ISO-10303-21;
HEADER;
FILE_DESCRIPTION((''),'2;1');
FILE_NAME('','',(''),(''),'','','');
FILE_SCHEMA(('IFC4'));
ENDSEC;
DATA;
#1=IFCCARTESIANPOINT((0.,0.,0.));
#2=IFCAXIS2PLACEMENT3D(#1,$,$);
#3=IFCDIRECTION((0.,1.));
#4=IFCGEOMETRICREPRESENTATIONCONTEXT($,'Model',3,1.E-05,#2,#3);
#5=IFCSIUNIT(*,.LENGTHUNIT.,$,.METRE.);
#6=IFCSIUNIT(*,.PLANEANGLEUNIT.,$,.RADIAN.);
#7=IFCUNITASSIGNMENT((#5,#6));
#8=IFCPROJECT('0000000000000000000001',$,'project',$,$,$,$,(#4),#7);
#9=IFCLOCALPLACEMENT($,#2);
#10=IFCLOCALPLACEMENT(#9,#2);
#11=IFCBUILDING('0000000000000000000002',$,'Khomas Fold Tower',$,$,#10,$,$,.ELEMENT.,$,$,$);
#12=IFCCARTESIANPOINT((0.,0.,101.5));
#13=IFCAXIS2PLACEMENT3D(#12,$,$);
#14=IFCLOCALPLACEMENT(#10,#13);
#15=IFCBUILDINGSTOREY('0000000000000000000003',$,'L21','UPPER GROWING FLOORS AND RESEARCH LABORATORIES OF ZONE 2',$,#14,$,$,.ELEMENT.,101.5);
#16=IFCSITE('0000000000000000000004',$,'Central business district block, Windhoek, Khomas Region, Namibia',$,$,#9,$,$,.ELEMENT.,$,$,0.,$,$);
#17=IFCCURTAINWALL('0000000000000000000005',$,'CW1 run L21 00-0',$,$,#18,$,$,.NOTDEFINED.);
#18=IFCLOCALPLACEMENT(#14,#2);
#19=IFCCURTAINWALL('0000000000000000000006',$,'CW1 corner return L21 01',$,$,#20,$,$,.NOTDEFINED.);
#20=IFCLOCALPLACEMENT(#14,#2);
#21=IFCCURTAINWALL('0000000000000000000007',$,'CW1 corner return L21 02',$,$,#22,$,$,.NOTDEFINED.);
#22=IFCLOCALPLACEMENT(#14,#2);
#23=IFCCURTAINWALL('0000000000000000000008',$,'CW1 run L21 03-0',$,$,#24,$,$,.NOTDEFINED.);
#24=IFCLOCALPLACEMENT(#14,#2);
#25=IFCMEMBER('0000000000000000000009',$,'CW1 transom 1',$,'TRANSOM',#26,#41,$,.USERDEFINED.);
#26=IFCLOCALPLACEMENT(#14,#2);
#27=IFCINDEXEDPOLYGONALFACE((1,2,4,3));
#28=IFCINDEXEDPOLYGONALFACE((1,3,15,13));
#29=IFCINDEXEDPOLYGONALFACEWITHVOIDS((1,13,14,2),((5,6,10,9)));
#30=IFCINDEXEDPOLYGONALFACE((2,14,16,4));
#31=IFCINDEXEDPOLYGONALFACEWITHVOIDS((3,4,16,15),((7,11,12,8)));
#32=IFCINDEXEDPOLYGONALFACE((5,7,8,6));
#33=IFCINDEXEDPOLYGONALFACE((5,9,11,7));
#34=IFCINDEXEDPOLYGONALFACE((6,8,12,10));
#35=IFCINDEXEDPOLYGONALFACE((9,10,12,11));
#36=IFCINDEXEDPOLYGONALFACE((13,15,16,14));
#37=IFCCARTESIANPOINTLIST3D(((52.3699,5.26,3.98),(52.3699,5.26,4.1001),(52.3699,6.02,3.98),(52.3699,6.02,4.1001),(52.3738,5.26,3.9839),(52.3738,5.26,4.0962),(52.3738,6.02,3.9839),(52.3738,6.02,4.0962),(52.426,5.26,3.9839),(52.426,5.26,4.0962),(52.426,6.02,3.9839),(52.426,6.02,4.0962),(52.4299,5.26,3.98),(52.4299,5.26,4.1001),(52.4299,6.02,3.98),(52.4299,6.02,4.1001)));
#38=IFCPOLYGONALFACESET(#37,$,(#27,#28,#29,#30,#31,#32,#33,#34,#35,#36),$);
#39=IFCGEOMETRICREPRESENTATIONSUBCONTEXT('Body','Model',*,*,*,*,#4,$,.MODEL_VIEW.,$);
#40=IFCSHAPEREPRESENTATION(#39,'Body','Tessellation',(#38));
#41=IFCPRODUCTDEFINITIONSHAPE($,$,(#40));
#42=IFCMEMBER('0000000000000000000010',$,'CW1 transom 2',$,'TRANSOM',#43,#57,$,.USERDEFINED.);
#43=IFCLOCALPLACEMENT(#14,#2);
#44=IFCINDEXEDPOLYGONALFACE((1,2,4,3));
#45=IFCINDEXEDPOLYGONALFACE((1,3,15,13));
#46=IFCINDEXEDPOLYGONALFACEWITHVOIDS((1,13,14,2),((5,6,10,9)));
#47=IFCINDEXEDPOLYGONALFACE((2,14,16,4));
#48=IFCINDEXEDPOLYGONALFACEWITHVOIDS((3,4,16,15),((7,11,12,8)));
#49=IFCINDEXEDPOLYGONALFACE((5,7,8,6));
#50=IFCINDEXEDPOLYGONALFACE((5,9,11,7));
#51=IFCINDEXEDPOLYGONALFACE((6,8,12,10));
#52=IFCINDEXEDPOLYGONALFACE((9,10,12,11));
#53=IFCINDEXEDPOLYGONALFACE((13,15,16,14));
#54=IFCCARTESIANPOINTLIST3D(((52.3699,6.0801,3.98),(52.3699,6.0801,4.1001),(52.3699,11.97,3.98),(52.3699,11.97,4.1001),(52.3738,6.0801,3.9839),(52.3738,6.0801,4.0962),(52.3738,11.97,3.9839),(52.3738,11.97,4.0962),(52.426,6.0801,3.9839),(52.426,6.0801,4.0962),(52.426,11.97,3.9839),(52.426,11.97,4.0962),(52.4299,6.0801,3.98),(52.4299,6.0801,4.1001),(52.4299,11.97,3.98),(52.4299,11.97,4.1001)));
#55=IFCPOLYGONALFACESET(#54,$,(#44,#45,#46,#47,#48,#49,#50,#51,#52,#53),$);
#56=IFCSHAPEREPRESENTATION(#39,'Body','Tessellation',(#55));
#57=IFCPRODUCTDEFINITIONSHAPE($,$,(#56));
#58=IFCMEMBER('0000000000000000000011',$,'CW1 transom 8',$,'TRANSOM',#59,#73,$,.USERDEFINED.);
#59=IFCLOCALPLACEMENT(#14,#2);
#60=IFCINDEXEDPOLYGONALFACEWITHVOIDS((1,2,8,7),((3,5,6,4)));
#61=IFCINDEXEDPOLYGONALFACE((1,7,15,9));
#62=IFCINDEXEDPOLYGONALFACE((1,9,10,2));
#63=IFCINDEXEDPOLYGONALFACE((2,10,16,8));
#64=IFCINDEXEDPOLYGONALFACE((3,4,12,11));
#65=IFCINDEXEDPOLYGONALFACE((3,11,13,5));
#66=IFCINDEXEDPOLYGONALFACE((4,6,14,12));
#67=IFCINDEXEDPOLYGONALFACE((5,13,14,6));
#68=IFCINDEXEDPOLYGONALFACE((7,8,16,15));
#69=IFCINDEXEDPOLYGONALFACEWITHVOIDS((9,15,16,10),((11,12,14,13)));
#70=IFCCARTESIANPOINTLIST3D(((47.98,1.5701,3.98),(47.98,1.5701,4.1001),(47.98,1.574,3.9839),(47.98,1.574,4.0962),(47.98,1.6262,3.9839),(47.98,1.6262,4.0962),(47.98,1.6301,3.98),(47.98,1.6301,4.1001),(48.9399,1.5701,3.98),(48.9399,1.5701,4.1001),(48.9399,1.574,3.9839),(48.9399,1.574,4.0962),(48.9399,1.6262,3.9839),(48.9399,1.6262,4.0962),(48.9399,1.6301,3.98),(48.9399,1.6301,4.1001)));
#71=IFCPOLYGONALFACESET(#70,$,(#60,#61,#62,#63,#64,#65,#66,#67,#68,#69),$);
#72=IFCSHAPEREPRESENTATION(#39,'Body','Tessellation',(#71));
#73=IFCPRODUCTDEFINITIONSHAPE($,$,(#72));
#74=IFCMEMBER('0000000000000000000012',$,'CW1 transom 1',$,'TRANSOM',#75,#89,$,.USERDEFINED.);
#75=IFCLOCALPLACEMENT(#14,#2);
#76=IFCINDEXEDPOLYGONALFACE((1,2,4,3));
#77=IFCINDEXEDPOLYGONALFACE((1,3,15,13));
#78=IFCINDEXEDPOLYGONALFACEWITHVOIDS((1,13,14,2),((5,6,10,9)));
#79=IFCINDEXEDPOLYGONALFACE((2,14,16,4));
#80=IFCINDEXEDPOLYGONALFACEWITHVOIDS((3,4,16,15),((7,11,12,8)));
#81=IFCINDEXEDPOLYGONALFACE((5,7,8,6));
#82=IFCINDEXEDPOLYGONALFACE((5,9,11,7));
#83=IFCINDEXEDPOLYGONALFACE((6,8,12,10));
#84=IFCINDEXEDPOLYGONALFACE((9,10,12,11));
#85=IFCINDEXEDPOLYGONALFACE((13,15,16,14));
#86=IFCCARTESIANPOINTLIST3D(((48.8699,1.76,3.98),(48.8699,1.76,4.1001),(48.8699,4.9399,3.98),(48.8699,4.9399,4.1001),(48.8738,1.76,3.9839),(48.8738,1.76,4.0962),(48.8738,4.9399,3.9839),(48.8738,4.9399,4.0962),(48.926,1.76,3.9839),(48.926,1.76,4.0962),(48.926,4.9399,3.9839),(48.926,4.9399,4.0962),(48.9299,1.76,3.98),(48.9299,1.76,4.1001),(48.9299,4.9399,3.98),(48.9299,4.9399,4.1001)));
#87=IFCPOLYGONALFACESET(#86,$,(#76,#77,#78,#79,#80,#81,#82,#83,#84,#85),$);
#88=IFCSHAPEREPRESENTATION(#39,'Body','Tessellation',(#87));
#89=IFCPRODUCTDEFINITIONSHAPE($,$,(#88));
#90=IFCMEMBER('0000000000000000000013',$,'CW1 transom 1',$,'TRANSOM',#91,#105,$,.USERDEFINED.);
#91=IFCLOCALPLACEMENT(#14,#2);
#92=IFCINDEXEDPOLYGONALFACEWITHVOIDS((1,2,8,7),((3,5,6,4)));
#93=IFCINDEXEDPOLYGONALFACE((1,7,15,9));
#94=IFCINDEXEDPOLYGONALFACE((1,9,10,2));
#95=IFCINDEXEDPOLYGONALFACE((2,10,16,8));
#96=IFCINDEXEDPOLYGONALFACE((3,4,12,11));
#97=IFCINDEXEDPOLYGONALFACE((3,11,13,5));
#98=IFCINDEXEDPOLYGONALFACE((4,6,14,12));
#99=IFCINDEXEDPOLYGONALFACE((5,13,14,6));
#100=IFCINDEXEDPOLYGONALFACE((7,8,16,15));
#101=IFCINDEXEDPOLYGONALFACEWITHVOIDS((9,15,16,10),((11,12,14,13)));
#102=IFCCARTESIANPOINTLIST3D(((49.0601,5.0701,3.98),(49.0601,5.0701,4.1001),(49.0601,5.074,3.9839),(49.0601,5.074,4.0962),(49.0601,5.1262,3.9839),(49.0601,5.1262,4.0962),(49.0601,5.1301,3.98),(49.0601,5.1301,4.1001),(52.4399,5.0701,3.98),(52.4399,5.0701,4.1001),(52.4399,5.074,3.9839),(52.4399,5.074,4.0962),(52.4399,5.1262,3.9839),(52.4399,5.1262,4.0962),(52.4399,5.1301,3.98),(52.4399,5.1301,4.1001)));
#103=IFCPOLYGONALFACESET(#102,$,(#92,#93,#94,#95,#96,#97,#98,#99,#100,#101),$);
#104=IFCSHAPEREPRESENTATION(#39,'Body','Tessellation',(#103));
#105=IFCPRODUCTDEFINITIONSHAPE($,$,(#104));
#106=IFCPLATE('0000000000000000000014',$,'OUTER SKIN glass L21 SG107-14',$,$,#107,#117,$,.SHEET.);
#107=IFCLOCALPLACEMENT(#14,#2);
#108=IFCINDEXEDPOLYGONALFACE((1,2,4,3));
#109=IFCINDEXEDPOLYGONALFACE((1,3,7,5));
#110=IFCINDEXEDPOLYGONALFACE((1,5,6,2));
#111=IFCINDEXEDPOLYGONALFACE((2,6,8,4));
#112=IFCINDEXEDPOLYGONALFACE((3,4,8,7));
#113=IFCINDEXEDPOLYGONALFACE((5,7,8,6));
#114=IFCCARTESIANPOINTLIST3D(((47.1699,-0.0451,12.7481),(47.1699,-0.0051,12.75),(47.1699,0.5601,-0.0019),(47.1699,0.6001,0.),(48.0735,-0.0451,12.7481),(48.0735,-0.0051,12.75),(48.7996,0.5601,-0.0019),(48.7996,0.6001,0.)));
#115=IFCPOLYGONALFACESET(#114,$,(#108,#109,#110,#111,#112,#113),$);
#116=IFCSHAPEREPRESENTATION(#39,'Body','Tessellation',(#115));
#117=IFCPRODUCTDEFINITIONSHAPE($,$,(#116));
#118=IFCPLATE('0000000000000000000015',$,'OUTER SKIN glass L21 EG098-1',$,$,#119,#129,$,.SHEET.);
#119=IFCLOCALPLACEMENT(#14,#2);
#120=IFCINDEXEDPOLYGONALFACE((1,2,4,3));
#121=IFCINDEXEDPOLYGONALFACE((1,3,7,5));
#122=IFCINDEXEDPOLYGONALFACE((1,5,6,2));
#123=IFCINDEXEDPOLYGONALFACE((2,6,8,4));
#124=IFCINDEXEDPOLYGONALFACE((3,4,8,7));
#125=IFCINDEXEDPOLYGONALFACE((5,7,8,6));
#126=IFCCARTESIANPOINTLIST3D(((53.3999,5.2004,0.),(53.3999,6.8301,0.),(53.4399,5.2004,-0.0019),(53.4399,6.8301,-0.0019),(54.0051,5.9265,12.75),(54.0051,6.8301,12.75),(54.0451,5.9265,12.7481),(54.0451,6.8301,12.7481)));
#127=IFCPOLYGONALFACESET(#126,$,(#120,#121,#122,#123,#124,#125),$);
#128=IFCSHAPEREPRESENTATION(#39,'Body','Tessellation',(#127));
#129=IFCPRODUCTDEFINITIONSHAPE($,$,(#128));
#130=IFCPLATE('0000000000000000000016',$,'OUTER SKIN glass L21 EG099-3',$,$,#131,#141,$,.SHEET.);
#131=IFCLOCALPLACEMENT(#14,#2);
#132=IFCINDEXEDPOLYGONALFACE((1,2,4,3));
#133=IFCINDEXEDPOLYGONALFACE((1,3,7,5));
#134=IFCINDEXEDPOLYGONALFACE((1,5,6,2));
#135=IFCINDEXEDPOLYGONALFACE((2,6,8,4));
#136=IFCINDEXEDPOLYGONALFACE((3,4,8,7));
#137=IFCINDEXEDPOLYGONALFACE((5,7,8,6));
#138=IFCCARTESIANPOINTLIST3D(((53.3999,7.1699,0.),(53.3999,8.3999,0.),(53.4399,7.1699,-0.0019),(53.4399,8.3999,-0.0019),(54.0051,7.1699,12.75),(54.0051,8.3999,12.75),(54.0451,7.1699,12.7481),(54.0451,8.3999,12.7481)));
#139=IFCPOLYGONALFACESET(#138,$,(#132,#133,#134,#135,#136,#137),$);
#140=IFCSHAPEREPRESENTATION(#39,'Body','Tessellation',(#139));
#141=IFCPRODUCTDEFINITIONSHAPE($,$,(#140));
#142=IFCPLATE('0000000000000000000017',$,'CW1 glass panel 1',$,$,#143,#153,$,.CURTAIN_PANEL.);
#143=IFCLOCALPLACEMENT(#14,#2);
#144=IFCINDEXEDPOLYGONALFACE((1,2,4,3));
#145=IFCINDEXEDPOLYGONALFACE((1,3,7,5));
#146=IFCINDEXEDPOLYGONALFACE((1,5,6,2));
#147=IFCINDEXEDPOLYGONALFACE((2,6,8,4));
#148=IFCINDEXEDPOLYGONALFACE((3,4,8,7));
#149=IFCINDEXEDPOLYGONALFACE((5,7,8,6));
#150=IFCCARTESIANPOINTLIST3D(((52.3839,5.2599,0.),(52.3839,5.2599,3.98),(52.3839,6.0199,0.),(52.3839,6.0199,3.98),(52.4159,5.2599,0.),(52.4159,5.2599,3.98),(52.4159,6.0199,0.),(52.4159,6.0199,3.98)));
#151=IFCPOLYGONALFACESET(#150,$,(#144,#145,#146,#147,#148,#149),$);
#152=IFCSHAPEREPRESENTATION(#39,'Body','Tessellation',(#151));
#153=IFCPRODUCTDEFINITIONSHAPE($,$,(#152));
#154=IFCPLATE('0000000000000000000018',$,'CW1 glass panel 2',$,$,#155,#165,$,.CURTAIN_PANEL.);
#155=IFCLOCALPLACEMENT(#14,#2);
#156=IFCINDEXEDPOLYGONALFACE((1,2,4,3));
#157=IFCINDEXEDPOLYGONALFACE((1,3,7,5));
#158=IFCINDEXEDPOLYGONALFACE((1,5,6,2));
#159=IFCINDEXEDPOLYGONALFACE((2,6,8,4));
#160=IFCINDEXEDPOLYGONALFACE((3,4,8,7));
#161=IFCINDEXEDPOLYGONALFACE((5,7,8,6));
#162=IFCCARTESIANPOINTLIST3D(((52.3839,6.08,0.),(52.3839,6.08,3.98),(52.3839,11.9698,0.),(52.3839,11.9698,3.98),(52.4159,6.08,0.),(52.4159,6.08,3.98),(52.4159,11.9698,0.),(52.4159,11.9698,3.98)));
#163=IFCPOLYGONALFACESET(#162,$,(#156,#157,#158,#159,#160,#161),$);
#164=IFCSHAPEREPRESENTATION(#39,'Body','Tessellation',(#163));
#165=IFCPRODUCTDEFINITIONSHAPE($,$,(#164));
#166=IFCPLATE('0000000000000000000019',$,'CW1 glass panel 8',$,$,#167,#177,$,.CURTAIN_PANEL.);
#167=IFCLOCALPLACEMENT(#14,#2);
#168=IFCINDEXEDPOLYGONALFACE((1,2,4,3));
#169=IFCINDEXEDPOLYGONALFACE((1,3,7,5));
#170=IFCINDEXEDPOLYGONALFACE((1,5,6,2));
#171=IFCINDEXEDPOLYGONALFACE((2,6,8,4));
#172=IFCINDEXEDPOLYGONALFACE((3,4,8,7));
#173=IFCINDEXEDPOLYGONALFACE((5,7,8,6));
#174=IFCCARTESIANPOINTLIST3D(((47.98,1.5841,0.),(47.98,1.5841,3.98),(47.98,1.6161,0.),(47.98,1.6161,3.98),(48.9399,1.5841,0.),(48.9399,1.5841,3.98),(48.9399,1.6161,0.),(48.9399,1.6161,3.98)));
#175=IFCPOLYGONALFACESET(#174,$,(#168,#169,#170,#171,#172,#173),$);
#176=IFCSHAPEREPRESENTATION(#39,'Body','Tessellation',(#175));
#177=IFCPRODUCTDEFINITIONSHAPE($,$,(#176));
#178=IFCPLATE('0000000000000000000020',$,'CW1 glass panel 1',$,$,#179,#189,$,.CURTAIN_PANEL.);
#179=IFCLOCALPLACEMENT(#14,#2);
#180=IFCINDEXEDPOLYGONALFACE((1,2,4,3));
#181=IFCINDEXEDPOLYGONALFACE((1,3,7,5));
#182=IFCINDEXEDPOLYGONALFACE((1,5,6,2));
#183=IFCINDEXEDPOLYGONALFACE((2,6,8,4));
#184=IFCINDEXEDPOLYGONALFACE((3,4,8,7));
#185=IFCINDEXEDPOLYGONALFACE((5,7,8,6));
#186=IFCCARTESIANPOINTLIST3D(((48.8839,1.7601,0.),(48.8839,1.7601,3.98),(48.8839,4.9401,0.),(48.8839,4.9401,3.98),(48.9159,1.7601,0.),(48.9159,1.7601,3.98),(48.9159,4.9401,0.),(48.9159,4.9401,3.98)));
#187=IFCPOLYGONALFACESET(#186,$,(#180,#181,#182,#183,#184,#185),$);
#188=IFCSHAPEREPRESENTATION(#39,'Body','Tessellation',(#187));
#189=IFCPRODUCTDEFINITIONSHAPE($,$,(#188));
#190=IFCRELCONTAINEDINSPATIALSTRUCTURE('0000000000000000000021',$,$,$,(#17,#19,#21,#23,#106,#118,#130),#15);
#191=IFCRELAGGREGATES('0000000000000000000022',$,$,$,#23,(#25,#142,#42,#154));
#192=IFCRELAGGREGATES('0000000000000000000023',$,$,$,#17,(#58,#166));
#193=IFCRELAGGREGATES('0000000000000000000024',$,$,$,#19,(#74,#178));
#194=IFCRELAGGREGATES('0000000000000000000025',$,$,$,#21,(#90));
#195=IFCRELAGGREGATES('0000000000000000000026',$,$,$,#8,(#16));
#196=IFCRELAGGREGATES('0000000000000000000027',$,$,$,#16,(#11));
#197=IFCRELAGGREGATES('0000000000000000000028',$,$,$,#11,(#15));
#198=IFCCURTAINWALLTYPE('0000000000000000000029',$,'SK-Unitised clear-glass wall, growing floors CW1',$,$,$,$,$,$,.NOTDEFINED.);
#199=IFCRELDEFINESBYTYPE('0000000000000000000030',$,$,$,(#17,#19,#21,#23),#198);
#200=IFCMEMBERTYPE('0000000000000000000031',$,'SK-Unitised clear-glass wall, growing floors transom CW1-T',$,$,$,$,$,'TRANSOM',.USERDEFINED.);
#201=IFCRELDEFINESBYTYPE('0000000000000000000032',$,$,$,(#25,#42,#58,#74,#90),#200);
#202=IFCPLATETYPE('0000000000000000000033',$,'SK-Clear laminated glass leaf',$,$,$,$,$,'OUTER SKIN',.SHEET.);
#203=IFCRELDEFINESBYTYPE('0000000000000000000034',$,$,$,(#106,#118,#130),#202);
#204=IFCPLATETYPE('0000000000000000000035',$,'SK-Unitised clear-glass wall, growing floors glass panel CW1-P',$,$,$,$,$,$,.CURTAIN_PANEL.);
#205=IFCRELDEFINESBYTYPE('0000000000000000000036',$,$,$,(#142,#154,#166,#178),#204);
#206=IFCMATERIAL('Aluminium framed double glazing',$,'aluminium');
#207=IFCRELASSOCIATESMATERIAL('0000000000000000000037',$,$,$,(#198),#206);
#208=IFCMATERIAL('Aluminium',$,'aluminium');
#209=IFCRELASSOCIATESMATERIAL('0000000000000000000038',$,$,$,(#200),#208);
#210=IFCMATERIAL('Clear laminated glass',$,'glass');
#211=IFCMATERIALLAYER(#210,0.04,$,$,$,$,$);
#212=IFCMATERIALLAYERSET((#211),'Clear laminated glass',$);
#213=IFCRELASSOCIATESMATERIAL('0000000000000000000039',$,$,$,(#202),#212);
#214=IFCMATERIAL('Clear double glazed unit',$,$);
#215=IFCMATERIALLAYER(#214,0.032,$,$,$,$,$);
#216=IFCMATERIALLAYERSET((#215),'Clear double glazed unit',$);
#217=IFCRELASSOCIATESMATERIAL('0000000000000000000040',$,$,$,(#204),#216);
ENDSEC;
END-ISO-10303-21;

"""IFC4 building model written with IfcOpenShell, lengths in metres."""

from ifc_helpers import new_model, si_unit, direction, frame, origin, origin_2d, place, context, subcontext, project, spatial, polyline, rectangle, hollow_rectangle, outline, extrude, source, transform, mapped, material, layer, layer_set, material_profile, profile_set, type_object, element, aggregate, save


model = new_model("IFC4")

# Units and contexts
model_context = context("Model", 3, precision=1e-05, world=origin(), true_north=direction((0.0, 1.0)))
body_context = subcontext(model_context, "Body", "Model", "MODEL_VIEW")
ifc_project = project(units=[si_unit("LENGTHUNIT", "METRE"), si_unit("PLANEANGLEUNIT", "RADIAN")], contexts=[model_context])

# Site, building, storey
site_placement = place(None, origin())
site = spatial("IfcSite", under=ifc_project, at=site_placement, Name="Central business district block, Windhoek, Khomas Region, Namibia", CompositionType="ELEMENT", RefElevation=0.0)
building_placement = place(site_placement, origin())
building = spatial("IfcBuilding", under=site, at=building_placement, Name="Khomas Fold Tower", CompositionType="ELEMENT")
storey_placement = place(building_placement, frame((0.0, 0.0, 101.5)))
storey = spatial("IfcBuildingStorey", under=building, at=storey_placement, Name="L21", Description="UPPER GROWING FLOORS AND RESEARCH LABORATORIES OF ZONE 2", CompositionType="ELEMENT", Elevation=101.5)

# Curtain walls, members
ifc_material_1 = material(Name="Aluminium framed double glazing", Category="aluminium")
curtain_wall_type = type_object("IfcCurtainWallType", Name="SK-Unitised clear-glass wall, growing floors CW1", PredefinedType="NOTDEFINED", material=ifc_material_1)
curtain_wall_1_placement = place(storey_placement, origin())
curtain_wall_1 = element("IfcCurtainWall", 1, at=curtain_wall_1_placement, inside=storey, type_object=curtain_wall_type, Name="CW1 run L21 00-0", PredefinedType="NOTDEFINED")
curtain_wall_2_placement = place(storey_placement, origin())
curtain_wall_2 = element("IfcCurtainWall", 2, at=curtain_wall_2_placement, inside=storey, type_object=curtain_wall_type, Name="CW1 corner return L21 01", PredefinedType="NOTDEFINED")
curtain_wall_3_placement = place(storey_placement, origin())
curtain_wall_3 = element("IfcCurtainWall", 3, at=curtain_wall_3_placement, inside=storey, type_object=curtain_wall_type, Name="CW1 corner return L21 02", PredefinedType="NOTDEFINED")
curtain_wall_4_placement = place(storey_placement, origin())
curtain_wall_4 = element("IfcCurtainWall", 4, at=curtain_wall_4_placement, inside=storey, type_object=curtain_wall_type, Name="CW1 run L21 03-0", PredefinedType="NOTDEFINED")
ifc_material_2 = material(Name="Aluminium", Category="aluminium")
ifc_material_profile_1 = material_profile(ifc_material_2, hollow_rectangle(XDim=0.0601, YDim=0.1201, WallThickness=0.0039, at=origin_2d()), Name="SK-Unitised clear-glass wall, growing floors transom CW1-T")
ifc_profile_set_1 = profile_set([ifc_material_profile_1], Name="Aluminium")
member_type_1 = type_object("IfcMemberType", Name="SK-Unitised clear-glass wall, growing floors transom CW1-T", ElementType="TRANSOM", PredefinedType="USERDEFINED", material=ifc_profile_set_1)
shared_shape_1 = source(origin(), body_context, "Body", "SweptSolid", [
    extrude(hollow_rectangle(XDim=0.0601, YDim=0.1201, WallThickness=0.0039, at=origin_2d()), origin(), (0.0, 0.0, 1.0), 0.76),
])
member_1_placement = place(storey_placement, frame((52.3999, 5.26, 4.04), z_axis=(0.0, 1.0, 0.0), x_axis=(-1.0, 0.0, 0.0)))
member_1 = element("IfcMember", 5, at=member_1_placement, type_object=member_type_1, Name="CW1 transom 1", ObjectType="TRANSOM", PredefinedType="USERDEFINED", context=body_context, shape_type="MappedRepresentation", body=[
    mapped(shared_shape_1, transform((0.0, 0.0, 0.0))),
])
shared_shape_2 = source(origin(), body_context, "Body", "SweptSolid", [
    extrude(hollow_rectangle(XDim=0.0601, YDim=0.1201, WallThickness=0.0039, at=origin_2d()), origin(), (0.0, 0.0, 1.0), 5.8899),
])
member_2_placement = place(storey_placement, frame((52.3999, 6.0801, 4.04), z_axis=(0.0, 1.0, 0.0), x_axis=(-1.0, 0.0, 0.0)))
member_2 = element("IfcMember", 6, at=member_2_placement, type_object=member_type_1, Name="CW1 transom 2", ObjectType="TRANSOM", PredefinedType="USERDEFINED", context=body_context, shape_type="MappedRepresentation", body=[
    mapped(shared_shape_2, transform((0.0, 0.0, 0.0))),
])

# Members
shared_shape_3 = source(origin(), body_context, "Body", "SweptSolid", [
    extrude(hollow_rectangle(XDim=0.0601, YDim=0.1201, WallThickness=0.0039, at=origin_2d()), origin(), (0.0, 0.0, 1.0), 0.96),
])
member_3_placement = place(storey_placement, frame((47.98, 1.6001, 4.04), z_axis=(1.0, 0.0, 0.0), x_axis=(0.0, 1.0, 0.0)))
member_3 = element("IfcMember", 7, at=member_3_placement, type_object=member_type_1, Name="CW1 transom 8", ObjectType="TRANSOM", PredefinedType="USERDEFINED", context=body_context, shape_type="MappedRepresentation", body=[
    mapped(shared_shape_3, transform((0.0, 0.0, 0.0))),
])
shared_shape_4 = source(origin(), body_context, "Body", "SweptSolid", [
    extrude(hollow_rectangle(XDim=0.0601, YDim=0.1201, WallThickness=0.0039, at=origin_2d()), origin(), (0.0, 0.0, 1.0), 3.1799),
])
member_4_placement = place(storey_placement, frame((48.8999, 1.76, 4.04), z_axis=(0.0, 1.0, 0.0), x_axis=(-1.0, 0.0, 0.0)))
member_4 = element("IfcMember", 8, at=member_4_placement, type_object=member_type_1, Name="CW1 transom 1", ObjectType="TRANSOM", PredefinedType="USERDEFINED", context=body_context, shape_type="MappedRepresentation", body=[
    mapped(shared_shape_4, transform((0.0, 0.0, 0.0))),
])
shared_shape_5 = source(origin(), body_context, "Body", "SweptSolid", [
    extrude(hollow_rectangle(XDim=0.0601, YDim=0.1201, WallThickness=0.0039, at=origin_2d()), origin(), (0.0, 0.0, 1.0), 3.3799),
])
member_5_placement = place(storey_placement, frame((49.0601, 5.1001, 4.04), z_axis=(1.0, 0.0, 0.0), x_axis=(0.0, 1.0, 0.0)))
member_5 = element("IfcMember", 9, at=member_5_placement, type_object=member_type_1, Name="CW1 transom 1", ObjectType="TRANSOM", PredefinedType="USERDEFINED", context=body_context, shape_type="MappedRepresentation", body=[
    mapped(shared_shape_5, transform((0.0, 0.0, 0.0))),
])

# Plates
ifc_material_3 = material(Name="Clear laminated glass", Category="glass")
ifc_layer_1 = layer(ifc_material_3, 0.04)
ifc_layer_set_1 = layer_set([ifc_layer_1], Name="Clear laminated glass")
plate_type_1 = type_object("IfcPlateType", Name="SK-Clear laminated glass leaf", ElementType="OUTER SKIN", PredefinedType="SHEET", material=ifc_layer_set_1)
plate_1_placement = place(storey_placement, frame((48.7996, 0.6001, 0.0), z_axis=(0.0, 0.998875, 0.047415), x_axis=(-1.0, 0.0, 0.0)))
element("IfcPlate", 10, at=plate_1_placement, inside=storey, type_object=plate_type_1, Name="OUTER SKIN glass L21 SG107-14", PredefinedType="SHEET", context=body_context, shape_type="SweptSolid", body=[
    extrude(outline(polyline([(0.0, 0.0), (1.6296, 0.0), (1.6296, 12.7644), (0.7261, 12.7644), (0.0, 0.0)])), origin(), (0.0, 0.0, -1.0), 0.04),
])
plate_2_placement = place(storey_placement, frame((53.3999, 5.2004, 0.0), z_axis=(-0.998875, 0.0, 0.047415), x_axis=(0.047339, 0.056791, 0.997263)))
element("IfcPlate", 11, at=plate_2_placement, inside=storey, type_object=plate_type_1, Name="OUTER SKIN glass L21 EG098-1", PredefinedType="SHEET", context=body_context, shape_type="SweptSolid", body=[
    extrude(outline(polyline([(0.0, 0.0), (12.785, 0.0), (12.8363, 0.9021), (0.0925, 1.627), (0.0, 0.0)])), origin(), (0.0, 0.0, -1.0), 0.04),
])
plate_3_placement = place(storey_placement, frame((53.3999, 8.3999, 0.0), z_axis=(-0.998875, 0.0, 0.047415), x_axis=(0.0, -1.0, 0.0)))
element("IfcPlate", 12, at=plate_3_placement, inside=storey, type_object=plate_type_1, Name="OUTER SKIN glass L21 EG099-3", PredefinedType="SHEET", context=body_context, shape_type="SweptSolid", body=[
    extrude(outline(polyline([(0.0, 0.0), (1.23, 0.0), (1.23, 12.7644), (0.0, 12.7644), (0.0, 0.0)])), origin(), (0.0, 0.0, -1.0), 0.04),
])

# Plates
ifc_material_4 = material(Name="Clear double glazed unit")
ifc_layer_2 = layer(ifc_material_4, 0.032)
ifc_layer_set_2 = layer_set([ifc_layer_2], Name="Clear double glazed unit")
plate_type_2 = type_object("IfcPlateType", Name="SK-Unitised clear-glass wall, growing floors glass panel CW1-P", PredefinedType="CURTAIN_PANEL", material=ifc_layer_set_2)
shared_shape_6 = source(origin(), body_context, "Body", "SweptSolid", [
    extrude(rectangle(XDim=0.76, YDim=0.032, at=origin_2d()), origin(), (0.0, 0.0, 1.0), 3.98),
])
plate_4_placement = place(storey_placement, frame((52.3999, 5.6399, 0.0), z_axis=(0.0, 0.0, 1.0), x_axis=(0.0, 1.0, 0.0)))
plate_4 = element("IfcPlate", 13, at=plate_4_placement, type_object=plate_type_2, Name="CW1 glass panel 1", PredefinedType="CURTAIN_PANEL", context=body_context, shape_type="MappedRepresentation", body=[
    mapped(shared_shape_6, transform((0.0, 0.0, 0.0))),
])
shared_shape_7 = source(origin(), body_context, "Body", "SweptSolid", [
    extrude(rectangle(XDim=5.8899, YDim=0.032, at=origin_2d()), origin(), (0.0, 0.0, 1.0), 3.98),
])
plate_5_placement = place(storey_placement, frame((52.3999, 9.0249, 0.0), z_axis=(0.0, 0.0, 1.0), x_axis=(0.0, 1.0, 0.0)))
plate_5 = element("IfcPlate", 14, at=plate_5_placement, type_object=plate_type_2, Name="CW1 glass panel 2", PredefinedType="CURTAIN_PANEL", context=body_context, shape_type="MappedRepresentation", body=[
    mapped(shared_shape_7, transform((0.0, 0.0, 0.0))),
])
aggregate(curtain_wall_4, [member_1, plate_4, member_2, plate_5])
shared_shape_8 = source(origin(), body_context, "Body", "SweptSolid", [
    extrude(rectangle(XDim=0.96, YDim=0.032, at=origin_2d()), origin(), (0.0, 0.0, 1.0), 3.98),
])
plate_6_placement = place(storey_placement, frame((48.46, 1.6001, 0.0), z_axis=(0.0, 0.0, 1.0), x_axis=(1.0, 0.0, 0.0)))
plate_6 = element("IfcPlate", 15, at=plate_6_placement, type_object=plate_type_2, Name="CW1 glass panel 8", PredefinedType="CURTAIN_PANEL", context=body_context, shape_type="MappedRepresentation", body=[
    mapped(shared_shape_8, transform((0.0, 0.0, 0.0))),
])
aggregate(curtain_wall_1, [member_3, plate_6])
shared_shape_9 = source(origin(), body_context, "Body", "SweptSolid", [
    extrude(rectangle(XDim=3.1799, YDim=0.032, at=origin_2d()), origin(), (0.0, 0.0, 1.0), 3.98),
])
plate_7_placement = place(storey_placement, frame((48.8999, 3.3501, 0.0), z_axis=(0.0, 0.0, 1.0), x_axis=(0.0, 1.0, 0.0)))
plate_7 = element("IfcPlate", 16, at=plate_7_placement, type_object=plate_type_2, Name="CW1 glass panel 1", PredefinedType="CURTAIN_PANEL", context=body_context, shape_type="MappedRepresentation", body=[
    mapped(shared_shape_9, transform((0.0, 0.0, 0.0))),
])
aggregate(curtain_wall_2, [member_4, plate_7])
aggregate(curtain_wall_3, [member_5])

save(model, "model.ifc")
